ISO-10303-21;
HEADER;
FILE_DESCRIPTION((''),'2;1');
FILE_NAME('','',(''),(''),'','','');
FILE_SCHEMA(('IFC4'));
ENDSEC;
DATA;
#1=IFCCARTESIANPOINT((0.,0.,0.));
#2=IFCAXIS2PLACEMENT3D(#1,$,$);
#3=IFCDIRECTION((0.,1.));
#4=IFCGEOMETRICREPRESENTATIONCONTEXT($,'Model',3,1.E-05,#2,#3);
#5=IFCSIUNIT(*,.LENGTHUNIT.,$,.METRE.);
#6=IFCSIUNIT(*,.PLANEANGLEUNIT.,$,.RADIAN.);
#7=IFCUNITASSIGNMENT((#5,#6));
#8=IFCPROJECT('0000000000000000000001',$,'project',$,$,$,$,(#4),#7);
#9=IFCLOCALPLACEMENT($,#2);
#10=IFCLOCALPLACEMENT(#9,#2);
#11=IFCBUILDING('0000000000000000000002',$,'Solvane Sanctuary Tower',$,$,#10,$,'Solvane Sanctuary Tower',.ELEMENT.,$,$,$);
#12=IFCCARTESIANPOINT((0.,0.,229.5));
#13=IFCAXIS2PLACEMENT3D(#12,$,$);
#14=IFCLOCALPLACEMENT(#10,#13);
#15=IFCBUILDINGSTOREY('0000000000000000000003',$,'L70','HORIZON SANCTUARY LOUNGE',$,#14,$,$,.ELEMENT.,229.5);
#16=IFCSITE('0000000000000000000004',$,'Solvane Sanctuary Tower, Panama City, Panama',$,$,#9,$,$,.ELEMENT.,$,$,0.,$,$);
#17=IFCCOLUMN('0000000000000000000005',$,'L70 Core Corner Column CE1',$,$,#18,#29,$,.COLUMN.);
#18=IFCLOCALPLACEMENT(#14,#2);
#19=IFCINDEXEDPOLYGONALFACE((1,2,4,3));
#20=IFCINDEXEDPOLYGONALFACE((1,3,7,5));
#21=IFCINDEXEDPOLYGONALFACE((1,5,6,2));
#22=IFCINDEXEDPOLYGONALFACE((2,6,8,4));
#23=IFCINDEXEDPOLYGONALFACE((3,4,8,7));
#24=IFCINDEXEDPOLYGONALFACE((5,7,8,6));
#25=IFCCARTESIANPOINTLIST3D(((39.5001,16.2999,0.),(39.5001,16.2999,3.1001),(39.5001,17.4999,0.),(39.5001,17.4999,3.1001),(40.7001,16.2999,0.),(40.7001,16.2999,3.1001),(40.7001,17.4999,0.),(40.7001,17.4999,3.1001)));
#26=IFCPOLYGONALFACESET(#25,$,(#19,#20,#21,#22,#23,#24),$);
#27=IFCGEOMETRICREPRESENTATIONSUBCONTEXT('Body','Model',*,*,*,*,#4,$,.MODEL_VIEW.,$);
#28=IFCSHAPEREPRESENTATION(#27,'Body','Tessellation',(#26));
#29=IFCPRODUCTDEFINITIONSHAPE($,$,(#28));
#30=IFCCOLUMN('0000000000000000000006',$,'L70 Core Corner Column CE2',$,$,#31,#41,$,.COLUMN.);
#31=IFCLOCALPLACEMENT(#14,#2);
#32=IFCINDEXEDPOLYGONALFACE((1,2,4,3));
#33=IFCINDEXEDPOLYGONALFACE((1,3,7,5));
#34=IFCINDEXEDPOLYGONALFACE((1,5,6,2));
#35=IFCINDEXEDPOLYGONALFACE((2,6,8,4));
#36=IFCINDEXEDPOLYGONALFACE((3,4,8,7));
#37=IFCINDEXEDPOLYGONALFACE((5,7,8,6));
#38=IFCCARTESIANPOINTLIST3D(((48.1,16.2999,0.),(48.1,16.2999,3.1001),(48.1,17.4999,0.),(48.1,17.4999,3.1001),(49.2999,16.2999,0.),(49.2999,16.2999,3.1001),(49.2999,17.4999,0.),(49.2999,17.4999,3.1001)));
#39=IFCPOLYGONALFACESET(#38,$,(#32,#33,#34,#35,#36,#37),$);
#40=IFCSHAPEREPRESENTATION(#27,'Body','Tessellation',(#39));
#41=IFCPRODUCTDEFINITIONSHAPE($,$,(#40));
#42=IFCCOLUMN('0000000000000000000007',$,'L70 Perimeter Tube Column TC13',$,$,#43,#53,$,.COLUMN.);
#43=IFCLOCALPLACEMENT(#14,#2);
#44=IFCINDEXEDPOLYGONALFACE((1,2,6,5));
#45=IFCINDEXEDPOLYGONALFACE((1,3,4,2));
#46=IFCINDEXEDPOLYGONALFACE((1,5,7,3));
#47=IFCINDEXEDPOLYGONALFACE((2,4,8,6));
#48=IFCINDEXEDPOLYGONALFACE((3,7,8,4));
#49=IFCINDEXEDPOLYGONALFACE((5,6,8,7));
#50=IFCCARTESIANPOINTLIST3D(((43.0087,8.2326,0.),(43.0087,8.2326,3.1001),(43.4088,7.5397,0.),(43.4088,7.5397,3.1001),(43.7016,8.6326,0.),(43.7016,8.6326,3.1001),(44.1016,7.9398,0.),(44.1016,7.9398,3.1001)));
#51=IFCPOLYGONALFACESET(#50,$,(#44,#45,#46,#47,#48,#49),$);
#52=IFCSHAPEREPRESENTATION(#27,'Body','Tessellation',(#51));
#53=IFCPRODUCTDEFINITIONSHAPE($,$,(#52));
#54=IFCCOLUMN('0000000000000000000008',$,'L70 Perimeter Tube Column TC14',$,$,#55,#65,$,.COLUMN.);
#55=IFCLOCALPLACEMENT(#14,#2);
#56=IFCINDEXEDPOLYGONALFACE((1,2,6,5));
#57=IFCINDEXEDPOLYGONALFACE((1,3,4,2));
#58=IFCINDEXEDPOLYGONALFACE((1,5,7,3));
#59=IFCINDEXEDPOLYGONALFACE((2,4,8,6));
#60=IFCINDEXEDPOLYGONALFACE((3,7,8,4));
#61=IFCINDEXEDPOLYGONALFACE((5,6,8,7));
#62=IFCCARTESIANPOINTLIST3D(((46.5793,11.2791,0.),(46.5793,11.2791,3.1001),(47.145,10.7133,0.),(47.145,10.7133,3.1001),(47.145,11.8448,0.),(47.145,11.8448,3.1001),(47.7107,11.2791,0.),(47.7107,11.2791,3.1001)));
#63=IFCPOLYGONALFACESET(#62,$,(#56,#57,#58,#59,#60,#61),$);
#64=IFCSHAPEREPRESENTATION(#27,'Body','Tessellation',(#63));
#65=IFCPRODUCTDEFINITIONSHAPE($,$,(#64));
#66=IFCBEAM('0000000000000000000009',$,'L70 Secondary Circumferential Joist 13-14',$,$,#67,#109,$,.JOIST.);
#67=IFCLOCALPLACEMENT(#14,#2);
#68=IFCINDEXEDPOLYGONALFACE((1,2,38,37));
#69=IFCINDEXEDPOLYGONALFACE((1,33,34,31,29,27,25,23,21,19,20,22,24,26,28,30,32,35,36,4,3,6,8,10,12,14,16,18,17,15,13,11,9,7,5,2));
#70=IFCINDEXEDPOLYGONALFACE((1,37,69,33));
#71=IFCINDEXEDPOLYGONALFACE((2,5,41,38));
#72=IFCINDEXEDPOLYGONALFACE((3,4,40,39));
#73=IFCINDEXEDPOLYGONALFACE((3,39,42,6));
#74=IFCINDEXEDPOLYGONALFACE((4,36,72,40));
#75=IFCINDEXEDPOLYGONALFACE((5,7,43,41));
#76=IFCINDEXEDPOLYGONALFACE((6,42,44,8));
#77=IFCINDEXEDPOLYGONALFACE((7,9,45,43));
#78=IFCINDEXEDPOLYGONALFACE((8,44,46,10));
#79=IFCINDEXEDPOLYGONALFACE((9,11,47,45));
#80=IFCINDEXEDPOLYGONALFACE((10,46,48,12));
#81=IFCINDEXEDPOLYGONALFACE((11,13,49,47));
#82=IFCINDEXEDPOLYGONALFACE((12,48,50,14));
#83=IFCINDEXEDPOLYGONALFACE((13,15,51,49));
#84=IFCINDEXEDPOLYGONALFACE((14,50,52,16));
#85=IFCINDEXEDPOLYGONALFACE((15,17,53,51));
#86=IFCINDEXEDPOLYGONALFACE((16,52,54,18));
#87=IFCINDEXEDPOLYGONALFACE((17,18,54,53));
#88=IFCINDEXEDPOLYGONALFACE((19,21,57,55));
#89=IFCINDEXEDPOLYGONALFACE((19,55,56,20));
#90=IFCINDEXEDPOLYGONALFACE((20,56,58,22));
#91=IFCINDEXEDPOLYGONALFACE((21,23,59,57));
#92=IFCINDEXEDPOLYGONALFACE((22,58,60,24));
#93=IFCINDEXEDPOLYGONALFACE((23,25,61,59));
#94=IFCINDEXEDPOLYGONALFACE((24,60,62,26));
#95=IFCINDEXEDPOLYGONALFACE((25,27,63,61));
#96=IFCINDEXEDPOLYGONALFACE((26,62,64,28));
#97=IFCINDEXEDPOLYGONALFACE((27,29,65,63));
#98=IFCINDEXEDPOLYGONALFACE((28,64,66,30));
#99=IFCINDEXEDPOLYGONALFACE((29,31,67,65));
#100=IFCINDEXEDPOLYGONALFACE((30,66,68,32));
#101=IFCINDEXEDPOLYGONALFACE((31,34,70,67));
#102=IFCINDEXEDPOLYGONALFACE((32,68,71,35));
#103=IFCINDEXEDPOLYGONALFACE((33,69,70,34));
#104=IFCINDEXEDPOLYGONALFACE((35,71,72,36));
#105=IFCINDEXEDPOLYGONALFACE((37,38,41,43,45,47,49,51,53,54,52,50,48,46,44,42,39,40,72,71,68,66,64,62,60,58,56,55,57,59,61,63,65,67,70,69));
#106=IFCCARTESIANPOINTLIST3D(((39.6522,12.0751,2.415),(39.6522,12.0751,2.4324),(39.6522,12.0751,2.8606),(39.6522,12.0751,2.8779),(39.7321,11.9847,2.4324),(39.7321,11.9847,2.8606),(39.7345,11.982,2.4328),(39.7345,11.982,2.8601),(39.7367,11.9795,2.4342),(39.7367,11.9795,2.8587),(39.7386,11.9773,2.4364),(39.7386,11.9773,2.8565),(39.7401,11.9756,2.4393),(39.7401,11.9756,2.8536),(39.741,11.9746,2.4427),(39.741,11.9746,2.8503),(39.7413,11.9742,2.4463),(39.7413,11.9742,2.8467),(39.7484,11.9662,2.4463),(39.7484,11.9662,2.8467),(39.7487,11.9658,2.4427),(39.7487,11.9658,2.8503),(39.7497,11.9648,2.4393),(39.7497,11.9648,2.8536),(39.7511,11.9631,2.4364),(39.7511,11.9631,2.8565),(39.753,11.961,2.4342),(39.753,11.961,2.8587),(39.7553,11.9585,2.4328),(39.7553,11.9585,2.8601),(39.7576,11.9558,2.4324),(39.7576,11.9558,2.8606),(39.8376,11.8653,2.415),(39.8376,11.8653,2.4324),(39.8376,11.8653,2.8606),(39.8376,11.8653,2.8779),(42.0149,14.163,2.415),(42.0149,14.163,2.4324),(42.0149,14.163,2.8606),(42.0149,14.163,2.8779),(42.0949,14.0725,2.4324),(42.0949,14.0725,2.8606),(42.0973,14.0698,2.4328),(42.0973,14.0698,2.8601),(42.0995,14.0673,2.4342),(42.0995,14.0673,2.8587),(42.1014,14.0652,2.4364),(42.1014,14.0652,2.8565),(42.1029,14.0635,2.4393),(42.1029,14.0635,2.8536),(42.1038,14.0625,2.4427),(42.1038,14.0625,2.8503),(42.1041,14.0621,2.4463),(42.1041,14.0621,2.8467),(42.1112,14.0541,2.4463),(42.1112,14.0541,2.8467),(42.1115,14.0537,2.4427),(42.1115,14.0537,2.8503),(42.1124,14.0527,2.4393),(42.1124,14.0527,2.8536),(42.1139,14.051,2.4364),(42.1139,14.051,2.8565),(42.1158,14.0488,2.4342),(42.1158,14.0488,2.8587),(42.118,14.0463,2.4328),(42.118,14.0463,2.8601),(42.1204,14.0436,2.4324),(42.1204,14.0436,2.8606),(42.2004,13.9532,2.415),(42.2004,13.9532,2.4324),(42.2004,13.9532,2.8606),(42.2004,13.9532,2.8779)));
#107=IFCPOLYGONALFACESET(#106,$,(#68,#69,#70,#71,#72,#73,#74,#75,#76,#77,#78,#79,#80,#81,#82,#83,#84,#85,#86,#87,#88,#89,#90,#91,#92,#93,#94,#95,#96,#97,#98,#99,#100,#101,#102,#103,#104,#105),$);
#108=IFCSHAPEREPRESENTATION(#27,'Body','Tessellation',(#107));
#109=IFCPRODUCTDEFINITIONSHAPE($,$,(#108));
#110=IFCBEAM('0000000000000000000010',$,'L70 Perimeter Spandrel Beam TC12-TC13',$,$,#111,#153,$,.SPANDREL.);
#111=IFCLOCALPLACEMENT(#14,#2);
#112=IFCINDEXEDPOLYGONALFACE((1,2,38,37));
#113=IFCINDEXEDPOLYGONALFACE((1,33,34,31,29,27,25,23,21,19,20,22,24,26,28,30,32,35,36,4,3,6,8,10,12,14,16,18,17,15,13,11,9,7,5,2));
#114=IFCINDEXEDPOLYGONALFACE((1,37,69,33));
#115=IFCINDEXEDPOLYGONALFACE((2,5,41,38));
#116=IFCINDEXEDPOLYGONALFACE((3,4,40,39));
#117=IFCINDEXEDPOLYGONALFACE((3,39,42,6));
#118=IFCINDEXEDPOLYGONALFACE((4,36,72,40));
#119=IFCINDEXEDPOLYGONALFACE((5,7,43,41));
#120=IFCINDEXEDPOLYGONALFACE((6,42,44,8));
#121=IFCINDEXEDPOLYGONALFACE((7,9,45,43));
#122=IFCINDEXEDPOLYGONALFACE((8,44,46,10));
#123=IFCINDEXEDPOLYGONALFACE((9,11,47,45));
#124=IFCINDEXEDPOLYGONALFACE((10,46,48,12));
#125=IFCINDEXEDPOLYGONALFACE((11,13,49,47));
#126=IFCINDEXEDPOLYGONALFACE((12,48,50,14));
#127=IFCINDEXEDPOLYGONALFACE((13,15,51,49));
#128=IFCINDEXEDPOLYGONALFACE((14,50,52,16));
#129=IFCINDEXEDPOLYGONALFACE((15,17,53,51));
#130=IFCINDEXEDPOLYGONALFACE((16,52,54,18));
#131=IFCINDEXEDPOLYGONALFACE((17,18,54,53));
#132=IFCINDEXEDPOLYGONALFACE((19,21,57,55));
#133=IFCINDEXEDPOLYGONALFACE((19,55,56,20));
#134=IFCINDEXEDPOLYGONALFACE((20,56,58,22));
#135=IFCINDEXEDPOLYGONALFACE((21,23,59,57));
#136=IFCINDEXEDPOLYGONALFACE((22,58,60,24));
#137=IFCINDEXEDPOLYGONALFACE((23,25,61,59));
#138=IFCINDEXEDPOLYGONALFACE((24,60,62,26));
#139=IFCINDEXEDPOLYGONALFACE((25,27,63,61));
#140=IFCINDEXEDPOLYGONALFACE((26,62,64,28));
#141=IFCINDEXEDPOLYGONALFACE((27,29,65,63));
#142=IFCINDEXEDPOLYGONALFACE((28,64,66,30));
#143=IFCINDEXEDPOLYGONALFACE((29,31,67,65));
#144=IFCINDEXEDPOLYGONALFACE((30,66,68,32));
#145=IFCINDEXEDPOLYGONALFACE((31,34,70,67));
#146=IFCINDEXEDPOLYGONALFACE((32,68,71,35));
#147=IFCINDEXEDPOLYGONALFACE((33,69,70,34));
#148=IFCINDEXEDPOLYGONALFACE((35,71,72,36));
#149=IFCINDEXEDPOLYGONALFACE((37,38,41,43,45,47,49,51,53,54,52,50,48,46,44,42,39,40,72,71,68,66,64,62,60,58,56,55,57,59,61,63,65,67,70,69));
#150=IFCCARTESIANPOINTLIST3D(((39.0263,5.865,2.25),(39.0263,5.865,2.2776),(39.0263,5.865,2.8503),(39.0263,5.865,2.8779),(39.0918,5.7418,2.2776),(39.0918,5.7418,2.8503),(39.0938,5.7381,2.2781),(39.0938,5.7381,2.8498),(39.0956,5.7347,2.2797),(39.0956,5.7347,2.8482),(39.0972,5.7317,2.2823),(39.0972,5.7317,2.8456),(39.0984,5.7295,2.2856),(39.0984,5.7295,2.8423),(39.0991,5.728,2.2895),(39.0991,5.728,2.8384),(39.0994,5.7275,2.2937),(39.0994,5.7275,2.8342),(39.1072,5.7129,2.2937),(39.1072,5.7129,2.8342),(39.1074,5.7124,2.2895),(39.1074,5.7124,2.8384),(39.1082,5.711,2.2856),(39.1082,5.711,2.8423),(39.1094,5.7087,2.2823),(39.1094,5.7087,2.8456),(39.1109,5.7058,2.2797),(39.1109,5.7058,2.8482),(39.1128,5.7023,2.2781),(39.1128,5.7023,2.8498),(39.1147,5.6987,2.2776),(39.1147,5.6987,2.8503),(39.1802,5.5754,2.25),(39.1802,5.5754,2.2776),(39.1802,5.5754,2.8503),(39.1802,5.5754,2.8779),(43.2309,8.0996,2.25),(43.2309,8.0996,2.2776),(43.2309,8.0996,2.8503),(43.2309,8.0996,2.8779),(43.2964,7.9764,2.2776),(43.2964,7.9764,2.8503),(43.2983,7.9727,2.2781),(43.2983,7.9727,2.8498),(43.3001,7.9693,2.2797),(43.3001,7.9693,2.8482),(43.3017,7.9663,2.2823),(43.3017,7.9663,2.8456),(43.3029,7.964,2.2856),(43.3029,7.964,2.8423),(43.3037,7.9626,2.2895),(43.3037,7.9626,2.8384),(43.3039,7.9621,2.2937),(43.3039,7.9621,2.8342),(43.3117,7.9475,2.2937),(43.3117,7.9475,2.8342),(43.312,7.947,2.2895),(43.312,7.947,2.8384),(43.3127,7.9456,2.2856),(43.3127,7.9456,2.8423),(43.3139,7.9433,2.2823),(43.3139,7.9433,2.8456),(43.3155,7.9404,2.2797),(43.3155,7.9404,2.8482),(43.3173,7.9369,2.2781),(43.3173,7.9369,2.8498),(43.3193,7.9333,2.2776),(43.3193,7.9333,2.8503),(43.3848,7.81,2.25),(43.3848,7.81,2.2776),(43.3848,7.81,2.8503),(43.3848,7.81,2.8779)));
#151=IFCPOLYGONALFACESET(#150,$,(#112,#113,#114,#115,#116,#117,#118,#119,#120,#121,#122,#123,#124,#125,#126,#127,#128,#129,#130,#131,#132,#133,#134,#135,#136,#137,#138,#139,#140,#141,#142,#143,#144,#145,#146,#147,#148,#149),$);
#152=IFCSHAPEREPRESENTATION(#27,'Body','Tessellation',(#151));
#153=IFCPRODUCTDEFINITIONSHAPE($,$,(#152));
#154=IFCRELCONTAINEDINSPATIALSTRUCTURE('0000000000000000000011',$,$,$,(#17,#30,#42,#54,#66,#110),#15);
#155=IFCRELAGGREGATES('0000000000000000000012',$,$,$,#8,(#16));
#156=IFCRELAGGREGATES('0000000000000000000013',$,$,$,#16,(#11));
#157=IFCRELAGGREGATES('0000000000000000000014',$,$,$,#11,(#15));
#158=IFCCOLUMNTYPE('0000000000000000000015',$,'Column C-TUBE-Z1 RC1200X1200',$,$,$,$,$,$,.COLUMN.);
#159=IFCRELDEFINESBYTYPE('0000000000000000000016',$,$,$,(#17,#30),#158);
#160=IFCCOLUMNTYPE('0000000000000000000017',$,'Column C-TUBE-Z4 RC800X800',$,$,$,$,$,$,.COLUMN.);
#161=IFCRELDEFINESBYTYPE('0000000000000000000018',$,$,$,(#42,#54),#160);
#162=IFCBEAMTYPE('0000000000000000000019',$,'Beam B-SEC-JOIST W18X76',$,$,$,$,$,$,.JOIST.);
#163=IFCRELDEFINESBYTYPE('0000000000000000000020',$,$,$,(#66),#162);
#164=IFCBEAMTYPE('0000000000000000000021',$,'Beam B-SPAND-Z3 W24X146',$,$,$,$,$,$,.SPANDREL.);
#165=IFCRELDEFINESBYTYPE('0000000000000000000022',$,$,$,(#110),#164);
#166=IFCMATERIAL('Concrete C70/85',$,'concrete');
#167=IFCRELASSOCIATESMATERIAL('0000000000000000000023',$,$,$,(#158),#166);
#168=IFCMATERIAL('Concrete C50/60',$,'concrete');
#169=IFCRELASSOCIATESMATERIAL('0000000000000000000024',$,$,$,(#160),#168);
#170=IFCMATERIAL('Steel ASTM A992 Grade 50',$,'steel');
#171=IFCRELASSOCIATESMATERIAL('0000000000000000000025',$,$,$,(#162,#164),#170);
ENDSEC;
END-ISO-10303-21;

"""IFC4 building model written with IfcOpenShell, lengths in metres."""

from ifc_helpers import new_model, si_unit, direction, frame, origin, origin_2d, place, context, subcontext, project, spatial, rectangle, i_section, extrude, material, material_profile, profile_set, type_object, element, save


model = new_model("IFC4")

# Units and contexts
model_context = context("Model", 3, precision=1e-05, world=origin(), true_north=direction((0.0, 1.0)))
body_context = subcontext(model_context, "Body", "Model", "MODEL_VIEW")
ifc_project = project(units=[si_unit("LENGTHUNIT", "METRE"), si_unit("PLANEANGLEUNIT", "RADIAN")], contexts=[model_context])

# Site, building, storey
site_placement = place(None, origin())
site = spatial("IfcSite", under=ifc_project, at=site_placement, Name="Solvane Sanctuary Tower, Panama City, Panama", CompositionType="ELEMENT", RefElevation=0.0)
building_placement = place(site_placement, origin())
building = spatial("IfcBuilding", under=site, at=building_placement, Name="Solvane Sanctuary Tower", LongName="Solvane Sanctuary Tower", CompositionType="ELEMENT")
storey_placement = place(building_placement, frame((0.0, 0.0, 229.5)))
storey = spatial("IfcBuildingStorey", under=building, at=storey_placement, Name="L70", Description="HORIZON SANCTUARY LOUNGE", CompositionType="ELEMENT", Elevation=229.5)

# Columns
ifc_material_1 = material(Name="Concrete C70/85", Category="concrete")
ifc_material_profile_1 = material_profile(ifc_material_1, rectangle(XDim=1.2, YDim=1.2, at=origin_2d()), Name="RC1200X1200")
ifc_profile_set_1 = profile_set([ifc_material_profile_1], Name="Concrete C70/85")
column_type_1 = type_object("IfcColumnType", Name="Column C-TUBE-Z1 RC1200X1200", PredefinedType="COLUMN", material=ifc_profile_set_1)
for number, where, z_axis, x_axis, name in (
    (1, (40.1001, 16.8999, 0.0), (0.0, 0.0, 1.0), (1.0, 0.0, 0.0), "L70 Core Corner Column CE1"),
    (2, (48.7, 16.8999, 0.0), (0.0, 0.0, 1.0), (1.0, 0.0, 0.0), "L70 Core Corner Column CE2"),
):
    element("IfcColumn", number, at=place(storey_placement, frame(where, z_axis=z_axis, x_axis=x_axis)), inside=storey, type_object=column_type_1, Name=name, PredefinedType="COLUMN", context=body_context, shape_type="SweptSolid", body=[
        extrude(rectangle(XDim=1.2, YDim=1.2, at=origin_2d()), origin(), (0.0, 0.0, 1.0), 3.1001),
    ])
ifc_material_2 = material(Name="Concrete C50/60", Category="concrete")
ifc_material_profile_2 = material_profile(ifc_material_2, rectangle(XDim=0.8, YDim=0.8, at=origin_2d()), Name="RC800X800")
ifc_profile_set_2 = profile_set([ifc_material_profile_2], Name="Concrete C50/60")
column_type_2 = type_object("IfcColumnType", Name="Column C-TUBE-Z4 RC800X800", PredefinedType="COLUMN", material=ifc_profile_set_2)
for number, where, z_axis, x_axis, name in (
    (3, (43.5552, 8.0862, 0.0), (0.0, 0.0, 1.0), (0.5, -0.866025, 0.0), "L70 Perimeter Tube Column TC13"),
    (4, (47.145, 11.2791, 0.0), (0.0, 0.0, 1.0), (0.707107, -0.707107, 0.0), "L70 Perimeter Tube Column TC14"),
):
    element("IfcColumn", number, at=place(storey_placement, frame(where, z_axis=z_axis, x_axis=x_axis)), inside=storey, type_object=column_type_2, Name=name, PredefinedType="COLUMN", context=body_context, shape_type="SweptSolid", body=[
        extrude(rectangle(XDim=0.8, YDim=0.8, at=origin_2d()), origin(), (0.0, 0.0, 1.0), 3.1001),
    ])

# Beams
ifc_material_3 = material(Name="Steel ASTM A992 Grade 50", Category="steel")
ifc_material_profile_3 = material_profile(ifc_material_3, i_section(OverallWidth=0.28, OverallDepth=0.4629, WebThickness=0.0107, FlangeThickness=0.0173, FilletRadius=0.0139, at=origin_2d()), Name="W18X76")
ifc_profile_set_3 = profile_set([ifc_material_profile_3], Name="Steel ASTM A992 Grade 50")
beam_type_1 = type_object("IfcBeamType", Name="Beam B-SEC-JOIST W18X76", PredefinedType="JOIST", material=ifc_profile_set_3)
beam_1_placement = place(storey_placement, frame((39.7449, 11.9702, 2.6465), z_axis=(0.749354, 0.662169, 0.0), x_axis=(-0.662169, 0.749354, 0.0)))
element("IfcBeam", 5, at=beam_1_placement, inside=storey, type_object=beam_type_1, Name="L70 Secondary Circumferential Joist 13-14", PredefinedType="JOIST", context=body_context, shape_type="SweptSolid", body=[
    extrude(i_section(OverallWidth=0.28, OverallDepth=0.4629, WebThickness=0.0107, FlangeThickness=0.0173, FilletRadius=0.0139, at=origin_2d()), origin(), (0.0, 0.0, 1.0), 3.1531),
])
ifc_material_profile_4 = material_profile(ifc_material_3, i_section(OverallWidth=0.3279, OverallDepth=0.6279, WebThickness=0.0166, FlangeThickness=0.0276, FilletRadius=0.0161, at=origin_2d()), Name="W24X146")
ifc_profile_set_4 = profile_set([ifc_material_profile_4], Name="Steel ASTM A992 Grade 50")
beam_type_2 = type_object("IfcBeamType", Name="Beam B-SPAND-Z3 W24X146", PredefinedType="SPANDREL", material=ifc_profile_set_4)
beam_2_placement = place(storey_placement, frame((39.1033, 5.7202, 2.564), z_axis=(0.883035, 0.469308, 0.0), x_axis=(-0.469308, 0.883035, 0.0)))
element("IfcBeam", 6, at=beam_2_placement, inside=storey, type_object=beam_type_2, Name="L70 Perimeter Spandrel Beam TC12-TC13", PredefinedType="SPANDREL", context=body_context, shape_type="SweptSolid", body=[
    extrude(i_section(OverallWidth=0.3279, OverallDepth=0.6279, WebThickness=0.0166, FlangeThickness=0.0276, FilletRadius=0.0161, at=origin_2d()), origin(), (0.0, 0.0, 1.0), 4.7615),
])

save(model, "model.ifc")
